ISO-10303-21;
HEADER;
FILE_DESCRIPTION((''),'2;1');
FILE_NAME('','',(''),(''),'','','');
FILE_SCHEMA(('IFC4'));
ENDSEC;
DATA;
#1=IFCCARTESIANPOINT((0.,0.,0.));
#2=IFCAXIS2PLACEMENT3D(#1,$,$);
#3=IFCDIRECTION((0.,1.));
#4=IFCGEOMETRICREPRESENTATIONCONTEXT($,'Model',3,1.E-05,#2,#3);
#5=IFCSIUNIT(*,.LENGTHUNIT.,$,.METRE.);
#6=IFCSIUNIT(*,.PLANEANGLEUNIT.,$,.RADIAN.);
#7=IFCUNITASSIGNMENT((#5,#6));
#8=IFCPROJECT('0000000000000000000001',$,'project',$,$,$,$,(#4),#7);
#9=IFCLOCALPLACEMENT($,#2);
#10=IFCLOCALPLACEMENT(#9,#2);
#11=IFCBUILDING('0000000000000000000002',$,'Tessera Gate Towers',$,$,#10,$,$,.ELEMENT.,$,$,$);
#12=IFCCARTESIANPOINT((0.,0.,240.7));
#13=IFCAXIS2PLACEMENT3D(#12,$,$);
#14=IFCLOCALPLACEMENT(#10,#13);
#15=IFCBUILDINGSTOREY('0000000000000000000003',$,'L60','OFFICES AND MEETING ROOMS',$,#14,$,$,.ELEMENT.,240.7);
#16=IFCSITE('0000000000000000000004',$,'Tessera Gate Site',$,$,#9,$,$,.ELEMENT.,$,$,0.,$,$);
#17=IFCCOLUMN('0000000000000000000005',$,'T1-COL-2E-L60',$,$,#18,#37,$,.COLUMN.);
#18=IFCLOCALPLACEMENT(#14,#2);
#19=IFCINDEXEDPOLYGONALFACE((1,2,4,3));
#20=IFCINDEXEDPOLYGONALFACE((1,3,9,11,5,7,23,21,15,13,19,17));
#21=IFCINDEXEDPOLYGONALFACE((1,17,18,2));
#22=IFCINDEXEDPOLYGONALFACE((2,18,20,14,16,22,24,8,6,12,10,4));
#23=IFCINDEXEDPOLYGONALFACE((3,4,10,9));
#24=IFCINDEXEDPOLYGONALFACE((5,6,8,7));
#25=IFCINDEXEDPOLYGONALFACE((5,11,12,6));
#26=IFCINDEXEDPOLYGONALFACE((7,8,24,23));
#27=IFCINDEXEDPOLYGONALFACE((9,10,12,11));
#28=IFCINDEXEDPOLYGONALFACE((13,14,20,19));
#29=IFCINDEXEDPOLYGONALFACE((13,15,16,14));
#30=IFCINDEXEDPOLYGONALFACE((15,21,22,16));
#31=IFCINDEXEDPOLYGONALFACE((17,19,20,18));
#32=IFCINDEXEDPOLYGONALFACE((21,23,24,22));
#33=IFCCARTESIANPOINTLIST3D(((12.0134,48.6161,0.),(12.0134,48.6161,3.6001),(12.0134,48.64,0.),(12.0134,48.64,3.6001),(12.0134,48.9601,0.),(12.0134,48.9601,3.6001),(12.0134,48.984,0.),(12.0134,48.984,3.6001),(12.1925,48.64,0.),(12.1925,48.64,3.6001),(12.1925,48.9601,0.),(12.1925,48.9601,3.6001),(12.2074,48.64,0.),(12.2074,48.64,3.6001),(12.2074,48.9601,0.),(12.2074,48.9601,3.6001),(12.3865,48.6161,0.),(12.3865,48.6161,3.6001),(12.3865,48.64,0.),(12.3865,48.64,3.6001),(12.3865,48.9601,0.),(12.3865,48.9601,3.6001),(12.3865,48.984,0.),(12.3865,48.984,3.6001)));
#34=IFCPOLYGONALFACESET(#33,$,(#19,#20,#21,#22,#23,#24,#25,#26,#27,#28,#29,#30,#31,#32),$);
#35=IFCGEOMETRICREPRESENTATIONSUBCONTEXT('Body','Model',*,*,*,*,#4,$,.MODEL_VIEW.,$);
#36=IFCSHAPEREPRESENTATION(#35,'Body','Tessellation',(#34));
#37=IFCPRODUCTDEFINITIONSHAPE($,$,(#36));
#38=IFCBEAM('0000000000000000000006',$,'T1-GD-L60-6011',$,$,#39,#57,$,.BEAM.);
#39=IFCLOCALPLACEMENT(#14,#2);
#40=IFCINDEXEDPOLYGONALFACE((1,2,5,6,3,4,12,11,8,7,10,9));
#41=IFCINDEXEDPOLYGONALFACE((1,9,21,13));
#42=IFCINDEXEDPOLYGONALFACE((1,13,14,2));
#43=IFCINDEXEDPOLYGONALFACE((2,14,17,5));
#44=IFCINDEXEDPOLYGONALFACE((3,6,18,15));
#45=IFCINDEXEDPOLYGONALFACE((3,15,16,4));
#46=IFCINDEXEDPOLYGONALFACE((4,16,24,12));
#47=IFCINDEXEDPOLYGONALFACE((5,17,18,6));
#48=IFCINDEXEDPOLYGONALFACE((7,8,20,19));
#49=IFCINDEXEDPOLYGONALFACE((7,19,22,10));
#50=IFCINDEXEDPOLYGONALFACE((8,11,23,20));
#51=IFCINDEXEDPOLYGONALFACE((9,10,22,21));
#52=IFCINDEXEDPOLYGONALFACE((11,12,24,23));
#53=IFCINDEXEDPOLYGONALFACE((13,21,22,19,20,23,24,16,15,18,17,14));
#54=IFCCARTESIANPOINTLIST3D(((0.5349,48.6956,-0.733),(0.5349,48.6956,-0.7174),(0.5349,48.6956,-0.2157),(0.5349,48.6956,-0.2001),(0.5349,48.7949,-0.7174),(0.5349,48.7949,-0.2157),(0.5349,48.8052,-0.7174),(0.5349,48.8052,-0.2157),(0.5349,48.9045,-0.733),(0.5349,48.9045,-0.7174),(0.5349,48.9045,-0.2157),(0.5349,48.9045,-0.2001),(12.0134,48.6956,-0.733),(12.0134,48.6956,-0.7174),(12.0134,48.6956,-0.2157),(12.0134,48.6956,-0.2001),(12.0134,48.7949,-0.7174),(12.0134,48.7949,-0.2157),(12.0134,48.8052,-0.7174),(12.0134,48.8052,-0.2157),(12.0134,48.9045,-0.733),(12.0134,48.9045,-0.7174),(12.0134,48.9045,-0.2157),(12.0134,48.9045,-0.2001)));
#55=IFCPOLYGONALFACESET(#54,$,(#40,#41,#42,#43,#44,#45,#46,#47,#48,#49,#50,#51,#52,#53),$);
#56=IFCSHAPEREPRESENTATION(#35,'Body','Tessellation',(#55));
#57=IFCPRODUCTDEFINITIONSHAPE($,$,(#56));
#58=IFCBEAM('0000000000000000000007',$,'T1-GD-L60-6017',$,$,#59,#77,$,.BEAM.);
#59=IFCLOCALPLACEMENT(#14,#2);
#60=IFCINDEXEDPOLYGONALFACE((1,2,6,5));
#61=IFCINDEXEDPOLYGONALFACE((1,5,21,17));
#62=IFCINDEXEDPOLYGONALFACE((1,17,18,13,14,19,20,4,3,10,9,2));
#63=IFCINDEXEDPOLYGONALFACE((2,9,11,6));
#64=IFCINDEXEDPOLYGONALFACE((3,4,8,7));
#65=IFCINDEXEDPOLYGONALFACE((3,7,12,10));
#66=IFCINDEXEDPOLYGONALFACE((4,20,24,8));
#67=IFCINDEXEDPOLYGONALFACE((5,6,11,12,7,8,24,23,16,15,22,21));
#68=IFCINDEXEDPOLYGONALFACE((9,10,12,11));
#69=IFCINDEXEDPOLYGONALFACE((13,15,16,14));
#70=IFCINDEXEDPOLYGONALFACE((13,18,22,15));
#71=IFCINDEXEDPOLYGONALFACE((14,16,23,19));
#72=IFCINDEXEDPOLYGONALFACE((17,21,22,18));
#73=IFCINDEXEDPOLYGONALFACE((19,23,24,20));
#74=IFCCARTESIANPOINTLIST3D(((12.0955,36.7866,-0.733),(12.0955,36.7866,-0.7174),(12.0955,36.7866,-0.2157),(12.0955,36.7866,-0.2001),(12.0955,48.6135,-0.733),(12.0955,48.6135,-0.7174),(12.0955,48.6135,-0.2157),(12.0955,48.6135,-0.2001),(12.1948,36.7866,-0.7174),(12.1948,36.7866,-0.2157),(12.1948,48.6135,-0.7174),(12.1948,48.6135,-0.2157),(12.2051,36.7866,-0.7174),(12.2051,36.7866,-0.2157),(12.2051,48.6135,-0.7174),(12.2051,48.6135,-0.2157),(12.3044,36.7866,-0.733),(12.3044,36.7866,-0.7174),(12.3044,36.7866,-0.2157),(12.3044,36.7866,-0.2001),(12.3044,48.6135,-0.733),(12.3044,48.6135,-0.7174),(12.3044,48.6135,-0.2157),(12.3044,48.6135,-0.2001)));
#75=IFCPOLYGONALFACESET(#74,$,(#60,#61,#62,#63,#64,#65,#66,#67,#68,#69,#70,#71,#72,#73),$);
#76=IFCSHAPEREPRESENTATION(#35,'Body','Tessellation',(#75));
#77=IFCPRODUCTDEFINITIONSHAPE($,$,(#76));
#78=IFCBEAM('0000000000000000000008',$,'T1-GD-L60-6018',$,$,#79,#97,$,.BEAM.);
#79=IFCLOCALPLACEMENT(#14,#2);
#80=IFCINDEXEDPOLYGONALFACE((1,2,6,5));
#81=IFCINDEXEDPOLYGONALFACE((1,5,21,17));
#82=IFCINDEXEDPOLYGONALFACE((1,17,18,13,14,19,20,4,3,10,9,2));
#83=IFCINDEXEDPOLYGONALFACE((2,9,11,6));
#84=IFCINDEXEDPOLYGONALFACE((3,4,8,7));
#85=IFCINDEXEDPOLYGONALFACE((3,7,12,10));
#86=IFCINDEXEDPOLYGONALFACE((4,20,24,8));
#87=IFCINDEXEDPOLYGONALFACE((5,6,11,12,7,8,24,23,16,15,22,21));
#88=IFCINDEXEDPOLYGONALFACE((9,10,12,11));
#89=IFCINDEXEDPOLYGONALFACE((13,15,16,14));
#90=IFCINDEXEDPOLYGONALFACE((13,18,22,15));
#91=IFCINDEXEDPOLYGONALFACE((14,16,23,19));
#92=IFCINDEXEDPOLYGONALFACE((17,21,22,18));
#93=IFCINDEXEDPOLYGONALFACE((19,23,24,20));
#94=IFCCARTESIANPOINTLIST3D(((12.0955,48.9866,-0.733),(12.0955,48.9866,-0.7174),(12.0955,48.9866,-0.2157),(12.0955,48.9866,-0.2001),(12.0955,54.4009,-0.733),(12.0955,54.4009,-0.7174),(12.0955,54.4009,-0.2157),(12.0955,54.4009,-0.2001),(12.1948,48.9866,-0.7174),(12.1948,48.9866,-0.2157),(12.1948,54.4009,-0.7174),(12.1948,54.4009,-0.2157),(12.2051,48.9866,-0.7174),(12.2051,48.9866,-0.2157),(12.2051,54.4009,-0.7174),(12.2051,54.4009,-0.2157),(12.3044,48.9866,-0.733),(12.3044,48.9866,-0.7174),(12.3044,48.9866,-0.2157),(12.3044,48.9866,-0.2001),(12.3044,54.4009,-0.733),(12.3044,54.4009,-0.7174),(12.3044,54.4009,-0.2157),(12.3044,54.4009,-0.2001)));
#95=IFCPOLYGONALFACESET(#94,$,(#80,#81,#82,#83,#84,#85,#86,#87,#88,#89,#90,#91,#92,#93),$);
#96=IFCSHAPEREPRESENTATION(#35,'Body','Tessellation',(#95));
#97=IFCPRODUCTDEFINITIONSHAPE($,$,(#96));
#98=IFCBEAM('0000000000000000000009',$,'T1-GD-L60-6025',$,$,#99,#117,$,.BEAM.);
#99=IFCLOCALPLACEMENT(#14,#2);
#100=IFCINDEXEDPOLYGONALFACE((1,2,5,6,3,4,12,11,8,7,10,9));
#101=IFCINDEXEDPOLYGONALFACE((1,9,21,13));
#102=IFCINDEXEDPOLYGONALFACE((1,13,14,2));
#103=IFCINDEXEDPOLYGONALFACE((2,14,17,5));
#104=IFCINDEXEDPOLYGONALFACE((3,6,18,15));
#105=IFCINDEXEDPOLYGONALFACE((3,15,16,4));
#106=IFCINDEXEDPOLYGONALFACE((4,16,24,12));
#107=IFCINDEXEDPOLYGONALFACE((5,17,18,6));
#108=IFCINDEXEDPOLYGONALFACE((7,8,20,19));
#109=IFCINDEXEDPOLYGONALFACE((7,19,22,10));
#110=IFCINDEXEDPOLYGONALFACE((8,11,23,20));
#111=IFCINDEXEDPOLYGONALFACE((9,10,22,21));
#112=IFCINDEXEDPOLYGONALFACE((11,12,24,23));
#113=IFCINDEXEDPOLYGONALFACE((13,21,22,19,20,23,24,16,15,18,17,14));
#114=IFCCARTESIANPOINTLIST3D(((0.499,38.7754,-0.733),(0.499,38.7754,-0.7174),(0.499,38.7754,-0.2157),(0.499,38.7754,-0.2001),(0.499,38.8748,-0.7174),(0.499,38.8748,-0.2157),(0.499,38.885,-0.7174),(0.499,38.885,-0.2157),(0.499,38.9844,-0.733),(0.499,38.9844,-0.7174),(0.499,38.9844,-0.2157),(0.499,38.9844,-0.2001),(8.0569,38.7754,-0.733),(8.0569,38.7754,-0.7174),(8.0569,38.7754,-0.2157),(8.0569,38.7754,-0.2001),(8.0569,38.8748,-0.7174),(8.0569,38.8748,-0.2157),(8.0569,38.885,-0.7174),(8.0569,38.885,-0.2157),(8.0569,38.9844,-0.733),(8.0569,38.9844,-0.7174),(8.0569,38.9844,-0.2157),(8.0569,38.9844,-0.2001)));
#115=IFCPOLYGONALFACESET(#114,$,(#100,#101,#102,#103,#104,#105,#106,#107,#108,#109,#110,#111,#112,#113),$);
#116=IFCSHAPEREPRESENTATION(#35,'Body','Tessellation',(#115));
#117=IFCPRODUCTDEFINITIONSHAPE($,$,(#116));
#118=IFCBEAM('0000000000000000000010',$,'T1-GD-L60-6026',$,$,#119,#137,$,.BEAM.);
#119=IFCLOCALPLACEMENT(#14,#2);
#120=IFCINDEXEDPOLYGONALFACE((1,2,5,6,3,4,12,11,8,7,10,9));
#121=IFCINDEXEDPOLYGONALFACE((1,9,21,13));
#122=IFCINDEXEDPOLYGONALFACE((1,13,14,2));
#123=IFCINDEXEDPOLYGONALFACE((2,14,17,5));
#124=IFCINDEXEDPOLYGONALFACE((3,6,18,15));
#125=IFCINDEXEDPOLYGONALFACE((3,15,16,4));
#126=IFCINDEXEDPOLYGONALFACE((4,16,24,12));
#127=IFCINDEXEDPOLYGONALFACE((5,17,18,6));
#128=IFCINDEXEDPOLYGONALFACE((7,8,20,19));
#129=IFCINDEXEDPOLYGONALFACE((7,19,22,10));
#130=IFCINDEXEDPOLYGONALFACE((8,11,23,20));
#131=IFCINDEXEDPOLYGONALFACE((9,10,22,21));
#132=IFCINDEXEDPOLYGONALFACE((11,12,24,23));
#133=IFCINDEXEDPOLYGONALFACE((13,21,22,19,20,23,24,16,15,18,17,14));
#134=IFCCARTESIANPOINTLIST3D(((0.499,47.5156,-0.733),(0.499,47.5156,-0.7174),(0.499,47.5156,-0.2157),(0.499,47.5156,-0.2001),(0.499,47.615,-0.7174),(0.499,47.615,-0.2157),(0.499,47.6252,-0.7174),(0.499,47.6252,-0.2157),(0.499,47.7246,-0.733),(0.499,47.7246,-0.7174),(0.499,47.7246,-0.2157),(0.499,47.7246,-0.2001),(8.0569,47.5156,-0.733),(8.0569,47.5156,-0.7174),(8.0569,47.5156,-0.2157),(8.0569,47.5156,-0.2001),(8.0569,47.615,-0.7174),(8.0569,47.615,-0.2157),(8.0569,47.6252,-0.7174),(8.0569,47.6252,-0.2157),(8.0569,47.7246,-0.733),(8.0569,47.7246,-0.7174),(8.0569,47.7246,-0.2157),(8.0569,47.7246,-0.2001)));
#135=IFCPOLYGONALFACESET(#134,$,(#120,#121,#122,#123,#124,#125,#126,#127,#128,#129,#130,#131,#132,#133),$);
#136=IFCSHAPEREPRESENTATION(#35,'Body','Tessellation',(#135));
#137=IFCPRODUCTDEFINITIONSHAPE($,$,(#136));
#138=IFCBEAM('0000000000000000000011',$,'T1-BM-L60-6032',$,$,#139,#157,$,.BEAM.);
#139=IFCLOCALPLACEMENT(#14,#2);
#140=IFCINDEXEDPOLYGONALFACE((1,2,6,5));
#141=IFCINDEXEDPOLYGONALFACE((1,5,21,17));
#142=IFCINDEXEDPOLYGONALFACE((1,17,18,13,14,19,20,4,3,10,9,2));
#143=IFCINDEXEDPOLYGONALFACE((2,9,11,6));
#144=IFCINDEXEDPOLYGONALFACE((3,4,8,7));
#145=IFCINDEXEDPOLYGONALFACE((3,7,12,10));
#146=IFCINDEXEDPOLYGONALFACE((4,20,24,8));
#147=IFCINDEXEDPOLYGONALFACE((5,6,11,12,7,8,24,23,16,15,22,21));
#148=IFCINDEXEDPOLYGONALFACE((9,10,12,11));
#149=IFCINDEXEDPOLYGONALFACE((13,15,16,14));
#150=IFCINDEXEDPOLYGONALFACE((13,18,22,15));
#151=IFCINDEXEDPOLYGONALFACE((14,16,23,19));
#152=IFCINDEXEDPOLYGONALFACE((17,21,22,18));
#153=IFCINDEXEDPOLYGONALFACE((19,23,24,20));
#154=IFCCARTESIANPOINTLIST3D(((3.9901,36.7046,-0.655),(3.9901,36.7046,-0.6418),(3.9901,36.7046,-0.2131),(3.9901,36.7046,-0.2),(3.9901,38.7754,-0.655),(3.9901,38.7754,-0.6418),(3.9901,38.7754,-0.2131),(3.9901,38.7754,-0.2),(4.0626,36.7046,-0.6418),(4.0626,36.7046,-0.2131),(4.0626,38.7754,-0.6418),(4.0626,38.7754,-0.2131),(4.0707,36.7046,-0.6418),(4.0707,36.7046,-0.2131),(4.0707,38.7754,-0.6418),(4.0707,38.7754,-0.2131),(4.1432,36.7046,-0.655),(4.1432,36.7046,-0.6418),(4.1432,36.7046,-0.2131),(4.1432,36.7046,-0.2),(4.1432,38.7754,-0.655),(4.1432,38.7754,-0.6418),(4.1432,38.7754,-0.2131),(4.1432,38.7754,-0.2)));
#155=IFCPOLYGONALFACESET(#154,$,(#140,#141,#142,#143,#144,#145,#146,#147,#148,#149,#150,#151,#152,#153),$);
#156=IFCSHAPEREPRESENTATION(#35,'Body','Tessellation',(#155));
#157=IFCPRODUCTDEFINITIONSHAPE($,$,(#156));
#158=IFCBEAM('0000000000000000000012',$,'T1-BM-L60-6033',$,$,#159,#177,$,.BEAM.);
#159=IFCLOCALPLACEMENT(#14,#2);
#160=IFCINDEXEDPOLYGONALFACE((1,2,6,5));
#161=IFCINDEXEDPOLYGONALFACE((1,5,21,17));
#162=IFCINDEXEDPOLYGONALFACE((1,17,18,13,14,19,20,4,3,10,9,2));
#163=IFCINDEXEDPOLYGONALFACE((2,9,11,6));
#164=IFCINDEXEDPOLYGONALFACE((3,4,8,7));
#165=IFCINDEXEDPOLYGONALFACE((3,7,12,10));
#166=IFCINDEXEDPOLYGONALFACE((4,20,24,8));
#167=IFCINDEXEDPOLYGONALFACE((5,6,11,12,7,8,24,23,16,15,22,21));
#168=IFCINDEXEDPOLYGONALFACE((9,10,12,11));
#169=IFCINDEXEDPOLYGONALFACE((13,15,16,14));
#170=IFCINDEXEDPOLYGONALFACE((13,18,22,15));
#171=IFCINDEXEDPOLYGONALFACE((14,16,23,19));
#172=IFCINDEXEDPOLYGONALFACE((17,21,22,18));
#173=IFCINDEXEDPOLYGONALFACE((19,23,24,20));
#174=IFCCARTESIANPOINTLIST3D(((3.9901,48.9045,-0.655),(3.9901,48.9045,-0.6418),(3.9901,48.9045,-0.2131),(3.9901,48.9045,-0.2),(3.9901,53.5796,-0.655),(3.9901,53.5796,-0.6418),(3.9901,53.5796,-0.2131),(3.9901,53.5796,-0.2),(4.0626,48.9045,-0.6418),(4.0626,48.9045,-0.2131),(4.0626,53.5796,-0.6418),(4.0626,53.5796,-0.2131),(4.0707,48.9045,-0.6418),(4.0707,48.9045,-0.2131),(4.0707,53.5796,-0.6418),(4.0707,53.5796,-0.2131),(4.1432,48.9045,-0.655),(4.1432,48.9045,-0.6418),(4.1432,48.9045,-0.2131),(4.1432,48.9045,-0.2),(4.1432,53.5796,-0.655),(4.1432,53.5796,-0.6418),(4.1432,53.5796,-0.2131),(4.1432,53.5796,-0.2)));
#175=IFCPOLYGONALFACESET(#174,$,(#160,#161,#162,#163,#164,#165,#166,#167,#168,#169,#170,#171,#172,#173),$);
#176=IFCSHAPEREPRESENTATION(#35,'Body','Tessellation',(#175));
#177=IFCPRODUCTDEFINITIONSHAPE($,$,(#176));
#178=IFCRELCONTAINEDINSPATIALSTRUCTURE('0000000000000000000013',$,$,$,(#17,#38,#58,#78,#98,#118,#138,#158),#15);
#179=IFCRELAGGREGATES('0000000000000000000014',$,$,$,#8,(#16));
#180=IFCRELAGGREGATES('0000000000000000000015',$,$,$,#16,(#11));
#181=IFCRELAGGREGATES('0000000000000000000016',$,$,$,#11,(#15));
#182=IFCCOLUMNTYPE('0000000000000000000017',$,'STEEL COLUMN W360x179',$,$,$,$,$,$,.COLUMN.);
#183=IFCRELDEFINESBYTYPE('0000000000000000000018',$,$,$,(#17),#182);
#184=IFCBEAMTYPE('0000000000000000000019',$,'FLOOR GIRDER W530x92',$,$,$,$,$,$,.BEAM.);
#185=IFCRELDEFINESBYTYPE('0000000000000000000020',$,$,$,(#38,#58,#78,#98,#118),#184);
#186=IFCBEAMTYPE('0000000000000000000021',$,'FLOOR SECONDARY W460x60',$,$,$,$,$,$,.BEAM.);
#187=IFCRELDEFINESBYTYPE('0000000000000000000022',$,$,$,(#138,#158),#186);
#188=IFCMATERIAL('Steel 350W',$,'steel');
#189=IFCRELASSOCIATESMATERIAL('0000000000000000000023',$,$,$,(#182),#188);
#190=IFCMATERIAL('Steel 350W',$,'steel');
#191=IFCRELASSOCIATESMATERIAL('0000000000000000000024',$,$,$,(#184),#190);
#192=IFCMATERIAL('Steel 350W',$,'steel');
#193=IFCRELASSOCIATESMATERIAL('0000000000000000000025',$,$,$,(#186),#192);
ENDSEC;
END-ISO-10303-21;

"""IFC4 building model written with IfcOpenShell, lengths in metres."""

from ifc_helpers import new_model, si_unit, direction, frame, origin, origin_2d, place, context, subcontext, project, spatial, i_section, extrude, material, material_profile, profile_set, type_object, element, save


model = new_model("IFC4")

# Units and contexts
model_context = context("Model", 3, precision=1e-05, world=origin(), true_north=direction((0.0, 1.0)))
body_context = subcontext(model_context, "Body", "Model", "MODEL_VIEW")
ifc_project = project(units=[si_unit("LENGTHUNIT", "METRE"), si_unit("PLANEANGLEUNIT", "RADIAN")], contexts=[model_context])

# Site, building, storey
site_placement = place(None, origin())
site = spatial("IfcSite", under=ifc_project, at=site_placement, Name="Tessera Gate Site", CompositionType="ELEMENT", RefElevation=0.0)
building_placement = place(site_placement, origin())
building = spatial("IfcBuilding", under=site, at=building_placement, Name="Tessera Gate Towers", CompositionType="ELEMENT")
storey_placement = place(building_placement, frame((0.0, 0.0, 240.7)))
storey = spatial("IfcBuildingStorey", under=building, at=storey_placement, Name="L60", Description="OFFICES AND MEETING ROOMS", CompositionType="ELEMENT", Elevation=240.7)

# Column
ifc_material_1 = material(Name="Steel 350W", Category="steel")
ifc_material_profile_1 = material_profile(ifc_material_1, i_section(OverallWidth=0.373, OverallDepth=0.3679, WebThickness=0.0149, FlangeThickness=0.0239, at=origin_2d()), Name="W360x179")
ifc_profile_set_1 = profile_set([ifc_material_profile_1], Name="Steel 350W")
column_type = type_object("IfcColumnType", Name="STEEL COLUMN W360x179", PredefinedType="COLUMN", material=ifc_profile_set_1)
column_placement = place(storey_placement, frame((12.2, 48.8, 0.0), z_axis=(0.0, 0.0, 1.0), x_axis=(1.0, 0.0, 0.0)))
element("IfcColumn", 1, at=column_placement, inside=storey, type_object=column_type, Name="T1-COL-2E-L60", PredefinedType="COLUMN", context=body_context, shape_type="SweptSolid", body=[
    extrude(i_section(OverallWidth=0.373, OverallDepth=0.3679, WebThickness=0.0149, FlangeThickness=0.0239, at=origin_2d()), origin(), (0.0, 0.0, 1.0), 3.6001),
])

# Beams
ifc_material_2 = material(Name="Steel 350W", Category="steel")
ifc_material_profile_2 = material_profile(ifc_material_2, i_section(OverallWidth=0.209, OverallDepth=0.533, WebThickness=0.0103, FlangeThickness=0.0156, at=origin_2d()), Name="W530x92")
ifc_profile_set_2 = profile_set([ifc_material_profile_2], Name="Steel 350W")
beam_type_1 = type_object("IfcBeamType", Name="FLOOR GIRDER W530x92", PredefinedType="BEAM", material=ifc_profile_set_2)
beam_1_placement = place(storey_placement, frame((0.5349, 48.8, -0.4666), z_axis=(1.0, 0.0, 0.0), x_axis=(0.0, 1.0, 0.0)))
element("IfcBeam", 2, at=beam_1_placement, inside=storey, type_object=beam_type_1, Name="T1-GD-L60-6011", PredefinedType="BEAM", context=body_context, shape_type="SweptSolid", body=[
    extrude(i_section(OverallWidth=0.209, OverallDepth=0.533, WebThickness=0.0103, FlangeThickness=0.0156, at=origin_2d()), origin(), (0.0, 0.0, 1.0), 11.4785),
])
beam_2_placement = place(storey_placement, frame((12.2, 36.7866, -0.4666), z_axis=(0.0, 1.0, 0.0), x_axis=(-1.0, 0.0, 0.0)))
element("IfcBeam", 3, at=beam_2_placement, inside=storey, type_object=beam_type_1, Name="T1-GD-L60-6017", PredefinedType="BEAM", context=body_context, shape_type="SweptSolid", body=[
    extrude(i_section(OverallWidth=0.209, OverallDepth=0.533, WebThickness=0.0103, FlangeThickness=0.0156, at=origin_2d()), origin(), (0.0, 0.0, 1.0), 11.8269),
])
beam_3_placement = place(storey_placement, frame((12.2, 48.9866, -0.4666), z_axis=(0.0, 1.0, 0.0), x_axis=(-1.0, 0.0, 0.0)))
element("IfcBeam", 4, at=beam_3_placement, inside=storey, type_object=beam_type_1, Name="T1-GD-L60-6018", PredefinedType="BEAM", context=body_context, shape_type="SweptSolid", body=[
    extrude(i_section(OverallWidth=0.209, OverallDepth=0.533, WebThickness=0.0103, FlangeThickness=0.0156, at=origin_2d()), origin(), (0.0, 0.0, 1.0), 5.4143),
])
for number, where, z_axis, x_axis, name in (
    (5, (0.499, 38.8799, -0.4666), (1.0, 0.0, 0.0), (0.0, 1.0, 0.0), "T1-GD-L60-6025"),
    (6, (0.499, 47.6201, -0.4666), (1.0, 0.0, 0.0), (0.0, 1.0, 0.0), "T1-GD-L60-6026"),
):
    element("IfcBeam", number, at=place(storey_placement, frame(where, z_axis=z_axis, x_axis=x_axis)), inside=storey, type_object=beam_type_1, Name=name, PredefinedType="BEAM", context=body_context, shape_type="SweptSolid", body=[
        extrude(i_section(OverallWidth=0.209, OverallDepth=0.533, WebThickness=0.0103, FlangeThickness=0.0156, at=origin_2d()), origin(), (0.0, 0.0, 1.0), 7.5579),
    ])
ifc_material_3 = material(Name="Steel 350W", Category="steel")
ifc_material_profile_3 = material_profile(ifc_material_3, i_section(OverallWidth=0.1531, OverallDepth=0.4551, WebThickness=0.0081, FlangeThickness=0.0132, at=origin_2d()), Name="W460x60")
ifc_profile_set_3 = profile_set([ifc_material_profile_3], Name="Steel 350W")
beam_type_2 = type_object("IfcBeamType", Name="FLOOR SECONDARY W460x60", PredefinedType="BEAM", material=ifc_profile_set_3)
beam_4_placement = place(storey_placement, frame((4.0667, 36.7046, -0.4275), z_axis=(0.0, 1.0, 0.0), x_axis=(-1.0, 0.0, 0.0)))
element("IfcBeam", 7, at=beam_4_placement, inside=storey, type_object=beam_type_2, Name="T1-BM-L60-6032", PredefinedType="BEAM", context=body_context, shape_type="SweptSolid", body=[
    extrude(i_section(OverallWidth=0.1531, OverallDepth=0.4551, WebThickness=0.0081, FlangeThickness=0.0132, at=origin_2d()), origin(), (0.0, 0.0, 1.0), 2.0708),
])
beam_5_placement = place(storey_placement, frame((4.0667, 48.9045, -0.4275), z_axis=(0.0, 1.0, 0.0), x_axis=(-1.0, 0.0, 0.0)))
element("IfcBeam", 8, at=beam_5_placement, inside=storey, type_object=beam_type_2, Name="T1-BM-L60-6033", PredefinedType="BEAM", context=body_context, shape_type="SweptSolid", body=[
    extrude(i_section(OverallWidth=0.1531, OverallDepth=0.4551, WebThickness=0.0081, FlangeThickness=0.0132, at=origin_2d()), origin(), (0.0, 0.0, 1.0), 4.675),
])

save(model, "model.ifc")
